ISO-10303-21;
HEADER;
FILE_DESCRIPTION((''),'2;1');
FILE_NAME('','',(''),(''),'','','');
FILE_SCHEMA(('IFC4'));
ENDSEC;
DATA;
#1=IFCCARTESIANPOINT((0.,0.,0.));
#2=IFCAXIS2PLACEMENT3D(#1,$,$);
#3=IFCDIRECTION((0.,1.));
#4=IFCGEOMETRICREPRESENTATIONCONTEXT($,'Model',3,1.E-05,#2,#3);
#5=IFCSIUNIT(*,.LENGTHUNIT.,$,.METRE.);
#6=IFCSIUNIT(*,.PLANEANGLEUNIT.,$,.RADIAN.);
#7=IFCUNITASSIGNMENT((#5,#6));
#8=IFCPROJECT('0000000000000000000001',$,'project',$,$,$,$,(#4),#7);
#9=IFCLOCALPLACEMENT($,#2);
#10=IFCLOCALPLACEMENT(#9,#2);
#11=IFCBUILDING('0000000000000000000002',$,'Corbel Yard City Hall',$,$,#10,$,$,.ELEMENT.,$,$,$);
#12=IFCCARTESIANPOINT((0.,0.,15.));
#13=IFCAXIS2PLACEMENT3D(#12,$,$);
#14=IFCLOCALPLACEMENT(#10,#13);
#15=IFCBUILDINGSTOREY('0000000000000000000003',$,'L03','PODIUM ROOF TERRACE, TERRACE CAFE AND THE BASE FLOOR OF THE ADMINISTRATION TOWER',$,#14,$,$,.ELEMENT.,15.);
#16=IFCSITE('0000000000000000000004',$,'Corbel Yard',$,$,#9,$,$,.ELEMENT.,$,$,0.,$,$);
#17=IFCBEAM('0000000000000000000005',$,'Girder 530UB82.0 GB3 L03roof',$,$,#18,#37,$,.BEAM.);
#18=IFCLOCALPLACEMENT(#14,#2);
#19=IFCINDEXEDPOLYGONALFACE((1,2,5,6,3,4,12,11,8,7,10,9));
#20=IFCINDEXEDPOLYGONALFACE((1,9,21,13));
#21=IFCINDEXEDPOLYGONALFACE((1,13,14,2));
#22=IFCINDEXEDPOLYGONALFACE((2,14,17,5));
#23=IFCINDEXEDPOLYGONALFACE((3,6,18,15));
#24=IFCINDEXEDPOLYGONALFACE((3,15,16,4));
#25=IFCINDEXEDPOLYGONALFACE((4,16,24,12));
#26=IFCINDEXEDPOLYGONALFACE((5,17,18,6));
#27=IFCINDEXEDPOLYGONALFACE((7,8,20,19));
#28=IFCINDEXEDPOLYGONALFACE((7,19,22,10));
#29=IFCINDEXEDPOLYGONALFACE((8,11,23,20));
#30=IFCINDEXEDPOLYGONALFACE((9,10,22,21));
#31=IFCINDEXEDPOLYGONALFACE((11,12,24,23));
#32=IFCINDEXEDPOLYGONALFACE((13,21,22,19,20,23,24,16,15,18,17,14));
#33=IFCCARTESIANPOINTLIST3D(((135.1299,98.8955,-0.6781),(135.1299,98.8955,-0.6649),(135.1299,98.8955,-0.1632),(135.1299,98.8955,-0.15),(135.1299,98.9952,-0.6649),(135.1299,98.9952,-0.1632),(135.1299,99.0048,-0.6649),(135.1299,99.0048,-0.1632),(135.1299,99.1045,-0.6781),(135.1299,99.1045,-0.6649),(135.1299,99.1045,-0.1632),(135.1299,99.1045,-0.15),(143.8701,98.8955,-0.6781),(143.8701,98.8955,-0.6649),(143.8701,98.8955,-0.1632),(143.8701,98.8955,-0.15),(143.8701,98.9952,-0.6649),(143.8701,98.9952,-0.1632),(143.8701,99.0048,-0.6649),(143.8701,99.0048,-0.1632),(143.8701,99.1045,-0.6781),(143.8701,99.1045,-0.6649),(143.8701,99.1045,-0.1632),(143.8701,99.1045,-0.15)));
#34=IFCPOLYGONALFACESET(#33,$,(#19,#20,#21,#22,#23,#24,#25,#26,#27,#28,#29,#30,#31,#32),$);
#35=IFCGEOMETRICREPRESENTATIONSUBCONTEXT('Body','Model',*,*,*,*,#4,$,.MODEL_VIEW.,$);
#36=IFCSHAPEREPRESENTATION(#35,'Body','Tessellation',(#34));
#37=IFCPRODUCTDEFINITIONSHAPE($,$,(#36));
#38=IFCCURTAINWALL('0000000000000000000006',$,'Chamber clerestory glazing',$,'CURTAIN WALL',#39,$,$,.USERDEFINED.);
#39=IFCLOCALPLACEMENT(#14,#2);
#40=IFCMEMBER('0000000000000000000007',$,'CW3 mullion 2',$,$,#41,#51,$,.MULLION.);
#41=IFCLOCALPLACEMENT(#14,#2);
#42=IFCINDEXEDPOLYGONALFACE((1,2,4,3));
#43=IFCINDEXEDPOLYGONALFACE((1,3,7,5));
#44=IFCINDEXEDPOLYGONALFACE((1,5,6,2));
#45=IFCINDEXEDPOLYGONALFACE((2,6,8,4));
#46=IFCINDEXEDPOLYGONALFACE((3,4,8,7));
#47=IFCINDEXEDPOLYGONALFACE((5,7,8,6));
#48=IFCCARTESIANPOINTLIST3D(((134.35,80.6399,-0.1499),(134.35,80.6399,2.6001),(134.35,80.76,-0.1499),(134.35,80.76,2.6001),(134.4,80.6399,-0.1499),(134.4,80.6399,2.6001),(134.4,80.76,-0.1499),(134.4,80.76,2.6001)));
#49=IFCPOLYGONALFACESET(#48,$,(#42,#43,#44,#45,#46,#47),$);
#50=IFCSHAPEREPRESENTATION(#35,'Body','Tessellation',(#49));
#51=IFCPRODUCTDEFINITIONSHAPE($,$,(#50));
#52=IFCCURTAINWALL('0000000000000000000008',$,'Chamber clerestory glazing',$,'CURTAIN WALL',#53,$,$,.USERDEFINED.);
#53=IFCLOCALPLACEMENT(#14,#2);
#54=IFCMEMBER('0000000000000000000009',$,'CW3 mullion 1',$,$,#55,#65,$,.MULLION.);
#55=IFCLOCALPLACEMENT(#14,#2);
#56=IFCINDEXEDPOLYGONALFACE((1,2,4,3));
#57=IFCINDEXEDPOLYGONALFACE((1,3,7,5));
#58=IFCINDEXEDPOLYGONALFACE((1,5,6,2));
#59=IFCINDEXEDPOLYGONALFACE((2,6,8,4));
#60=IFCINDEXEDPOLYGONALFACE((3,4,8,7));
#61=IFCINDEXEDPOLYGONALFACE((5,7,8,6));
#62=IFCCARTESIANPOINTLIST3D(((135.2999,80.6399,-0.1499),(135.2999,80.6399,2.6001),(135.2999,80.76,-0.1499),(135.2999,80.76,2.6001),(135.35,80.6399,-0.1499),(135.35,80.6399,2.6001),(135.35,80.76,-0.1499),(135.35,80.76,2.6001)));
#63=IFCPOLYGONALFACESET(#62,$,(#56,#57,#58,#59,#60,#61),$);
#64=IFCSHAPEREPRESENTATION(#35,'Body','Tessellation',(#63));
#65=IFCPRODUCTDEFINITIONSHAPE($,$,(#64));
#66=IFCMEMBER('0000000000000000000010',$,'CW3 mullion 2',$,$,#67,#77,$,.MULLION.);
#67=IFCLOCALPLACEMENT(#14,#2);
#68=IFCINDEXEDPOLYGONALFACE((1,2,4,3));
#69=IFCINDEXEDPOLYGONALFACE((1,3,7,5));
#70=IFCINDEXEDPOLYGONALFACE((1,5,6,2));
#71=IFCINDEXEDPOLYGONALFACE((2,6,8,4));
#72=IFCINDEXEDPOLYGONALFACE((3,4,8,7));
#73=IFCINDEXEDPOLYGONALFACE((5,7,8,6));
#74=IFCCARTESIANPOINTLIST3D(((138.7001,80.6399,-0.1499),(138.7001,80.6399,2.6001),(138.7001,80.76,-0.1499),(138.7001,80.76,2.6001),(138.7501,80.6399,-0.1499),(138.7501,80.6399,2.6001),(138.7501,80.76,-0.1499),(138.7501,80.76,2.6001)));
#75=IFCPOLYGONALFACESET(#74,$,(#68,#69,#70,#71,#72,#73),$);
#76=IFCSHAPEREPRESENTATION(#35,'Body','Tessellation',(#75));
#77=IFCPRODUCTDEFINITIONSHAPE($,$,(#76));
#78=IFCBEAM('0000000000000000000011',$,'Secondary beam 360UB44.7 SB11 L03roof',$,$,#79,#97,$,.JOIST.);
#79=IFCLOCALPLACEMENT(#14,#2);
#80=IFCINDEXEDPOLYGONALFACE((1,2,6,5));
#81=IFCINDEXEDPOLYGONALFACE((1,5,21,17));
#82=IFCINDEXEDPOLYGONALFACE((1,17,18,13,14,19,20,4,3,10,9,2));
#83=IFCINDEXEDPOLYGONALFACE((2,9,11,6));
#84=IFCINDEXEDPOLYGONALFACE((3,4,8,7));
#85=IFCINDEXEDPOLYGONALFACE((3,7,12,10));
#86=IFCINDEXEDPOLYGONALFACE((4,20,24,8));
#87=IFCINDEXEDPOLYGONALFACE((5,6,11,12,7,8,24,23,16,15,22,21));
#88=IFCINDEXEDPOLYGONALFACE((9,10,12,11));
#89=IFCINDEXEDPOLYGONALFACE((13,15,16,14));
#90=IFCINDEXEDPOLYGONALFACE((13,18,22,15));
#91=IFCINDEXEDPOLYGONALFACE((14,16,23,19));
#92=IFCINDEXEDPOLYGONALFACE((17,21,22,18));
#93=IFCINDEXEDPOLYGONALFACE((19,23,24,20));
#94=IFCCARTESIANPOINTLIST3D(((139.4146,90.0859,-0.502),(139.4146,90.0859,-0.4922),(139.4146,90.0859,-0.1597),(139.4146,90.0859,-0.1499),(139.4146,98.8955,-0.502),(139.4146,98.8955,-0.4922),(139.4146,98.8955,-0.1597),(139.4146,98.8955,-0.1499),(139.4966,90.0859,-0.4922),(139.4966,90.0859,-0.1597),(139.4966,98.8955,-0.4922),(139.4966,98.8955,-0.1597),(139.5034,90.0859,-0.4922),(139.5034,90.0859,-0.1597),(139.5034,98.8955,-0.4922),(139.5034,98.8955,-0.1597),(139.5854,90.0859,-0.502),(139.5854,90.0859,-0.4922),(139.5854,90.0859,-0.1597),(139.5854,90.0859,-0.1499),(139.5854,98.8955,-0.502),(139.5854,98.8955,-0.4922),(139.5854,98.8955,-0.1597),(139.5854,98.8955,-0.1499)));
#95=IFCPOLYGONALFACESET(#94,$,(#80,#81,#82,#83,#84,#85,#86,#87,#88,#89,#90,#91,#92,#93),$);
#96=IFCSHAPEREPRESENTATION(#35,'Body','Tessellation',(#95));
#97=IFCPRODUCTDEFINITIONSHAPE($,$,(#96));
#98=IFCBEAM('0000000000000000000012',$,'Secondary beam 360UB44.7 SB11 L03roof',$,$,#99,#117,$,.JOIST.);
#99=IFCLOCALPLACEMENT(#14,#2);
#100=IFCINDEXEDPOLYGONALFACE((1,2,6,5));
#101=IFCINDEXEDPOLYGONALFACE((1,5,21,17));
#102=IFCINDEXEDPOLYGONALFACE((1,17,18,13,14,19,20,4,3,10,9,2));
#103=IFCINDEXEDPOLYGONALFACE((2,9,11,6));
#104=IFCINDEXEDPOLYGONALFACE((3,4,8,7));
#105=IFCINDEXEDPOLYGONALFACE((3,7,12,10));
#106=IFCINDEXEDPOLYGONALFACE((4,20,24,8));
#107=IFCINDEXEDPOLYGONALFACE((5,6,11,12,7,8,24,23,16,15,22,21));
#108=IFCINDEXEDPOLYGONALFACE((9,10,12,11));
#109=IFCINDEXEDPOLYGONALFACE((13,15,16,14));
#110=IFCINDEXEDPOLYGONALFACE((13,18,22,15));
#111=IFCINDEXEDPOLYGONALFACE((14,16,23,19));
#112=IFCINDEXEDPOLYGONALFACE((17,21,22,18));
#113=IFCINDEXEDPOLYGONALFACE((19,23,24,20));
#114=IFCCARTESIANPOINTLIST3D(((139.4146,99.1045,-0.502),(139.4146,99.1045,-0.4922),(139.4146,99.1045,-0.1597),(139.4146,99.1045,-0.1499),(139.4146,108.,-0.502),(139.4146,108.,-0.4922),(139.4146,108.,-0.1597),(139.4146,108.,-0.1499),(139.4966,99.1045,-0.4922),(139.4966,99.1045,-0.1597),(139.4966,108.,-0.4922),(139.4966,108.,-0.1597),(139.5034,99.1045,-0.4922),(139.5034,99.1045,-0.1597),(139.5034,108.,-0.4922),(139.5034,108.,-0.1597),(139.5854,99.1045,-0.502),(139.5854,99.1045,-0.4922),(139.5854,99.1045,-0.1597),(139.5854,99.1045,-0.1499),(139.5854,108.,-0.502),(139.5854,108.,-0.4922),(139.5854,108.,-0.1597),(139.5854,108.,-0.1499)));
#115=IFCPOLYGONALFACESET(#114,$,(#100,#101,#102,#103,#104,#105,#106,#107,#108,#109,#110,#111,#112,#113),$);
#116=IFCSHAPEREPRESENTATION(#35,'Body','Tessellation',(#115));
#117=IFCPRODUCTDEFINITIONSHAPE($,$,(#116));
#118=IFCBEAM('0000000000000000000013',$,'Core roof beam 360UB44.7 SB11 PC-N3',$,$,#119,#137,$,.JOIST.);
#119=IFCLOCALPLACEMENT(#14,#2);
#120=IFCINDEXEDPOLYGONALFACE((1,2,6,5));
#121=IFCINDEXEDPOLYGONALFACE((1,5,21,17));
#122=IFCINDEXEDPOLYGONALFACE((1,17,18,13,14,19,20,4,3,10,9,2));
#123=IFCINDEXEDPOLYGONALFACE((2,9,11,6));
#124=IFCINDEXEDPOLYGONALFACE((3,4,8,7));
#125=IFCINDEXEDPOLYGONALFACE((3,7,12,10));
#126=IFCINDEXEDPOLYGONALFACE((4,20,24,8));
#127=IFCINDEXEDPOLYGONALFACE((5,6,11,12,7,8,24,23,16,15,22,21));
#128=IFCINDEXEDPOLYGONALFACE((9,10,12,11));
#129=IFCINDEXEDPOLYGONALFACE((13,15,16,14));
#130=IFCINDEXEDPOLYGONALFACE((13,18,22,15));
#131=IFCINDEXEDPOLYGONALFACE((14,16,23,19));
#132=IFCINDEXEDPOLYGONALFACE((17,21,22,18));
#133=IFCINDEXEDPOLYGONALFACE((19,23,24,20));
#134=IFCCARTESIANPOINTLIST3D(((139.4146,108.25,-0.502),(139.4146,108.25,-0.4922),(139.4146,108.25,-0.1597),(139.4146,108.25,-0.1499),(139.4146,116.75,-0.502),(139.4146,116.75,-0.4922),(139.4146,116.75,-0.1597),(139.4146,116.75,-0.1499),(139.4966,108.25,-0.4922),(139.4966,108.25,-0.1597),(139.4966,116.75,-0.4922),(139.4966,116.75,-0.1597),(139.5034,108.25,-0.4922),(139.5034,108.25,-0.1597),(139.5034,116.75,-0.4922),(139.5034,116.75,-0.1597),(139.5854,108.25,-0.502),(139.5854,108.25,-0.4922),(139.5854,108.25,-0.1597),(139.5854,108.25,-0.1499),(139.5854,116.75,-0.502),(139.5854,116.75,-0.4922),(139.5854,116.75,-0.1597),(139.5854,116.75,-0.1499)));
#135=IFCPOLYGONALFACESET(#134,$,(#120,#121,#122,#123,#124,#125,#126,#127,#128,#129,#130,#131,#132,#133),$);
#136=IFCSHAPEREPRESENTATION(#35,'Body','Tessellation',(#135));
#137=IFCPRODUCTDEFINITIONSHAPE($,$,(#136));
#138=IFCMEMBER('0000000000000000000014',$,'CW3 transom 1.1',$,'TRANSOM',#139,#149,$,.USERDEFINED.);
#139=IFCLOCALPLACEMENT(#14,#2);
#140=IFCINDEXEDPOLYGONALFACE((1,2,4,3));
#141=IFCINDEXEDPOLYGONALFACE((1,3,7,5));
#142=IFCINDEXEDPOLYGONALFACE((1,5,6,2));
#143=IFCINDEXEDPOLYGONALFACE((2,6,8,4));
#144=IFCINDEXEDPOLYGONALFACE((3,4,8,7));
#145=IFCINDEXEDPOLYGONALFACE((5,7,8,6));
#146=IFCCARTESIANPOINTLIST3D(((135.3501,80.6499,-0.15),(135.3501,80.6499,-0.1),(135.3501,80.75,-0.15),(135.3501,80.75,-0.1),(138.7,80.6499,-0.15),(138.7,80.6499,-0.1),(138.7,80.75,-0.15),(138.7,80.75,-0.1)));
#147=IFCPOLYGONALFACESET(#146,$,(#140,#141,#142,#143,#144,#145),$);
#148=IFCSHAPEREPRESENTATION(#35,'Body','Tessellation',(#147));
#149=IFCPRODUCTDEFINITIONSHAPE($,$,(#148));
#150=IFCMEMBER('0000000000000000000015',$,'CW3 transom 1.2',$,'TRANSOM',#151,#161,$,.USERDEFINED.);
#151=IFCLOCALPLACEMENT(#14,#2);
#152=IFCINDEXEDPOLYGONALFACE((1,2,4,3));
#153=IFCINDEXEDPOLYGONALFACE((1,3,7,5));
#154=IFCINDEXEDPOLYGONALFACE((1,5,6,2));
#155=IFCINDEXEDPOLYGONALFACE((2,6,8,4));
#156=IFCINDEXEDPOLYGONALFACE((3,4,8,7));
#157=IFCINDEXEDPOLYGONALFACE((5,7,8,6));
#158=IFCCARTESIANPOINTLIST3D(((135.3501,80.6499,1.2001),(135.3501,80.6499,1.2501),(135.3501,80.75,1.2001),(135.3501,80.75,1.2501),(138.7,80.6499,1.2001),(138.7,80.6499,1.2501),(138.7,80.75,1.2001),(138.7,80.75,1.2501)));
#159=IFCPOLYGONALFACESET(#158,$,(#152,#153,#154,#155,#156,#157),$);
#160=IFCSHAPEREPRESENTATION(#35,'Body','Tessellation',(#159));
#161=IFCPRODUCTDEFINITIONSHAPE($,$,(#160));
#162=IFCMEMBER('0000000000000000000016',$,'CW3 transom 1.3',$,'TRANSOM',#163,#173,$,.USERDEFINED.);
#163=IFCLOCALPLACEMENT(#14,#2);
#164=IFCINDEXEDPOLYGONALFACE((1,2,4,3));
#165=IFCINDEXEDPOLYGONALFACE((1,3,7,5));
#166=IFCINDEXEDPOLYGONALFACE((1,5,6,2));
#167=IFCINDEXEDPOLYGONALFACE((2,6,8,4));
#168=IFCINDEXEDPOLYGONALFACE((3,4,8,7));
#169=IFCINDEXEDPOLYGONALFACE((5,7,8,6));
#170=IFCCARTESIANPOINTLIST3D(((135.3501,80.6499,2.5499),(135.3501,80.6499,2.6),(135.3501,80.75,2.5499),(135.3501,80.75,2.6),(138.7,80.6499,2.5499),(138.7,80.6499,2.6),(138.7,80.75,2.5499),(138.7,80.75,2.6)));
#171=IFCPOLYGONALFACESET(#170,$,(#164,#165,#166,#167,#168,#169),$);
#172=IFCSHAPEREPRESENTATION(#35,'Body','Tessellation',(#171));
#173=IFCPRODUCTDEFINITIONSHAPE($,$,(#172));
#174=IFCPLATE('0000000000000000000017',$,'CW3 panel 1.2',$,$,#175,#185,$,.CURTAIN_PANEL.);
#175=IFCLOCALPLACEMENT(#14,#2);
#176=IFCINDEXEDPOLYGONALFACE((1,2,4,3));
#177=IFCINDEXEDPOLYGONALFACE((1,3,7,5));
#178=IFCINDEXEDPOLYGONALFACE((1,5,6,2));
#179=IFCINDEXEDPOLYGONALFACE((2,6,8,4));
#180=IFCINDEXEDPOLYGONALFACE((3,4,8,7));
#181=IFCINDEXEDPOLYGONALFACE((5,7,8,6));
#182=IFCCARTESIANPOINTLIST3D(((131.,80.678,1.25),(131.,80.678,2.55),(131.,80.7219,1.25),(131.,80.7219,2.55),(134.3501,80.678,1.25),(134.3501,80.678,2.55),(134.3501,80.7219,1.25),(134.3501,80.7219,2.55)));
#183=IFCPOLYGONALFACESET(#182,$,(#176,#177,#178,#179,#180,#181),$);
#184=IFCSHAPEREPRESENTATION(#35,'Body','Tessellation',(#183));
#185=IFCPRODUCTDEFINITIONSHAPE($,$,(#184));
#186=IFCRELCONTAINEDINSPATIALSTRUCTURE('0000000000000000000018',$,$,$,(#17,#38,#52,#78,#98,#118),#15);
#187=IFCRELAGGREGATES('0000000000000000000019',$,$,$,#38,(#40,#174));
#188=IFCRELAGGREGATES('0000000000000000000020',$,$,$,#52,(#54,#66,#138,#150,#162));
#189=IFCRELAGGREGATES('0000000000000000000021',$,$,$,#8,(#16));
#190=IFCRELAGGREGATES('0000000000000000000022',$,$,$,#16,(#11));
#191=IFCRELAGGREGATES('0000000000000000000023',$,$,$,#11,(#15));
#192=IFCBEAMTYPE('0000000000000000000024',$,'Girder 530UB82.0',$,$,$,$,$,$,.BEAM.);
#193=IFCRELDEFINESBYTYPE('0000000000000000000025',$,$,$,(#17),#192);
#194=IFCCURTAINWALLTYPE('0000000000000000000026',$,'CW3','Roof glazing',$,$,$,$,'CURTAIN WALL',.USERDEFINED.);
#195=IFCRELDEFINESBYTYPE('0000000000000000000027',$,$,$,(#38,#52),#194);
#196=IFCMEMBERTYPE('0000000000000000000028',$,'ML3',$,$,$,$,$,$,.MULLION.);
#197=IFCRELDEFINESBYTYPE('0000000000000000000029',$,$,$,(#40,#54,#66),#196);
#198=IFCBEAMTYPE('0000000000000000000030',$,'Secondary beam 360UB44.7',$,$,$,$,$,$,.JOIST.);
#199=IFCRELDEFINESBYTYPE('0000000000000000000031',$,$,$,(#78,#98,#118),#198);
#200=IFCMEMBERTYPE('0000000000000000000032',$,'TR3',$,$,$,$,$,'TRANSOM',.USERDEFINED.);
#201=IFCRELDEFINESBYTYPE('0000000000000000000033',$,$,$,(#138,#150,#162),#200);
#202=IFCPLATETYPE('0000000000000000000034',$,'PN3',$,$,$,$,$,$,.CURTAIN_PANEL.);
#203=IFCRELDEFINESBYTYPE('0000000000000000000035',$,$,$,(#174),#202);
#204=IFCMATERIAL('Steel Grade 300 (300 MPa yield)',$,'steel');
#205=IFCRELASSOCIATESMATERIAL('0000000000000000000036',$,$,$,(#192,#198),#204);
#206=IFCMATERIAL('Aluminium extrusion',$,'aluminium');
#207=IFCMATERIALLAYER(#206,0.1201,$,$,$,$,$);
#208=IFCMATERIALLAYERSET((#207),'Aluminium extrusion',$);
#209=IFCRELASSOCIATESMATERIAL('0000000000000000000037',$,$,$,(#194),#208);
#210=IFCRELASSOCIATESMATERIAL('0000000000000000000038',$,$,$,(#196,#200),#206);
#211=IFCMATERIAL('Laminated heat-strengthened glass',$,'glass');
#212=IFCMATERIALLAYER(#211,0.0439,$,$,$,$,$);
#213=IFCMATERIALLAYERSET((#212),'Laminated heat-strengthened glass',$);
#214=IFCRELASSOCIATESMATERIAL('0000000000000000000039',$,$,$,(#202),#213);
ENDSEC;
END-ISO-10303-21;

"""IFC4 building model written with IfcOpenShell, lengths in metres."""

from ifc_helpers import new_model, si_unit, direction, frame, origin, origin_2d, place, context, subcontext, project, spatial, rectangle, i_section, extrude, material, layer, layer_set, material_profile, profile_set, type_object, element, aggregate, save


model = new_model("IFC4")

# Units and contexts
model_context = context("Model", 3, precision=1e-05, world=origin(), true_north=direction((0.0, 1.0)))
body_context = subcontext(model_context, "Body", "Model", "MODEL_VIEW")
ifc_project = project(units=[si_unit("LENGTHUNIT", "METRE"), si_unit("PLANEANGLEUNIT", "RADIAN")], contexts=[model_context])

# Site, building, storey
site_placement = place(None, origin())
site = spatial("IfcSite", under=ifc_project, at=site_placement, Name="Corbel Yard", CompositionType="ELEMENT", RefElevation=0.0)
building_placement = place(site_placement, origin())
building = spatial("IfcBuilding", under=site, at=building_placement, Name="Corbel Yard City Hall", CompositionType="ELEMENT")
storey_placement = place(building_placement, frame((0.0, 0.0, 15.0)))
storey = spatial("IfcBuildingStorey", under=building, at=storey_placement, Name="L03", Description="PODIUM ROOF TERRACE, TERRACE CAFE AND THE BASE FLOOR OF THE ADMINISTRATION TOWER", CompositionType="ELEMENT", Elevation=15.0)

# Beam
ifc_material_1 = material(Name="Steel Grade 300 (300 MPa yield)", Category="steel")
ifc_material_profile_1 = material_profile(ifc_material_1, i_section(OverallWidth=0.209, OverallDepth=0.5281, WebThickness=0.0095, FlangeThickness=0.0132, at=origin_2d()), Name="530UB82.0")
ifc_profile_set_1 = profile_set([ifc_material_profile_1], Name="Steel Grade 300 (300 MPa yield)")
beam_type_1 = type_object("IfcBeamType", Name="Girder 530UB82.0", PredefinedType="BEAM", material=ifc_profile_set_1)
beam_1_placement = place(storey_placement, frame((135.1299, 99.0, -0.4141), z_axis=(1.0, 0.0, 0.0), x_axis=(0.0, 1.0, 0.0)))
element("IfcBeam", 1, at=beam_1_placement, inside=storey, type_object=beam_type_1, Name="Girder 530UB82.0 GB3 L03roof", PredefinedType="BEAM", context=body_context, shape_type="SweptSolid", body=[
    extrude(i_section(OverallWidth=0.209, OverallDepth=0.5281, WebThickness=0.0095, FlangeThickness=0.0132, at=origin_2d()), origin(), (0.0, 0.0, 1.0), 8.7402),
])

# Curtain wall, member
ifc_material_2 = material(Name="Aluminium extrusion", Category="aluminium")
ifc_layer_1 = layer(ifc_material_2, 0.1201)
ifc_layer_set_1 = layer_set([ifc_layer_1], Name="Aluminium extrusion")
curtain_wall_type = type_object("IfcCurtainWallType", Name="CW3", Description="Roof glazing", ElementType="CURTAIN WALL", PredefinedType="USERDEFINED", material=ifc_layer_set_1)
curtain_wall_1_placement = place(storey_placement, origin())
curtain_wall_1 = element("IfcCurtainWall", 2, at=curtain_wall_1_placement, inside=storey, type_object=curtain_wall_type, Name="Chamber clerestory glazing", ObjectType="CURTAIN WALL", PredefinedType="USERDEFINED")
ifc_material_profile_2 = material_profile(ifc_material_2, rectangle(XDim=0.1201, YDim=0.05, at=origin_2d()), Name="120x50")
ifc_profile_set_2 = profile_set([ifc_material_profile_2], Name="Aluminium extrusion")
member_type_1 = type_object("IfcMemberType", Name="ML3", PredefinedType="MULLION", material=ifc_profile_set_2)
member_1_placement = place(storey_placement, frame((134.375, 80.7, -0.1499), z_axis=(0.0, 0.0, 1.0), x_axis=(0.0, 1.0, 0.0)))
member_1 = element("IfcMember", 3, at=member_1_placement, type_object=member_type_1, Name="CW3 mullion 2", PredefinedType="MULLION", context=body_context, shape_type="SweptSolid", body=[
    extrude(rectangle(XDim=0.1201, YDim=0.05, at=origin_2d()), origin(), (0.0, 0.0, 1.0), 2.75),
])

# Curtain wall, members
curtain_wall_2_placement = place(storey_placement, origin())
curtain_wall_2 = element("IfcCurtainWall", 4, at=curtain_wall_2_placement, inside=storey, type_object=curtain_wall_type, Name="Chamber clerestory glazing", ObjectType="CURTAIN WALL", PredefinedType="USERDEFINED")
member_2_placement = place(storey_placement, frame((135.325, 80.7, -0.1499), z_axis=(0.0, 0.0, 1.0), x_axis=(0.0, 1.0, 0.0)))
member_2 = element("IfcMember", 5, at=member_2_placement, type_object=member_type_1, Name="CW3 mullion 1", PredefinedType="MULLION", context=body_context, shape_type="SweptSolid", body=[
    extrude(rectangle(XDim=0.1201, YDim=0.05, at=origin_2d()), origin(), (0.0, 0.0, 1.0), 2.75),
])
member_3_placement = place(storey_placement, frame((138.7251, 80.7, -0.1499), z_axis=(0.0, 0.0, 1.0), x_axis=(0.0, 1.0, 0.0)))
member_3 = element("IfcMember", 6, at=member_3_placement, type_object=member_type_1, Name="CW3 mullion 2", PredefinedType="MULLION", context=body_context, shape_type="SweptSolid", body=[
    extrude(rectangle(XDim=0.1201, YDim=0.05, at=origin_2d()), origin(), (0.0, 0.0, 1.0), 2.75),
])

# Beams
ifc_material_profile_3 = material_profile(ifc_material_1, i_section(OverallWidth=0.1709, OverallDepth=0.3521, WebThickness=0.0068, FlangeThickness=0.0098, at=origin_2d()), Name="360UB44.7")
ifc_profile_set_3 = profile_set([ifc_material_profile_3], Name="Steel Grade 300 (300 MPa yield)")
beam_type_2 = type_object("IfcBeamType", Name="Secondary beam 360UB44.7", PredefinedType="JOIST", material=ifc_profile_set_3)
beam_2_placement = place(storey_placement, frame((139.5, 90.0859, -0.3259), z_axis=(0.0, 1.0, 0.0), x_axis=(-1.0, 0.0, 0.0)))
element("IfcBeam", 7, at=beam_2_placement, inside=storey, type_object=beam_type_2, Name="Secondary beam 360UB44.7 SB11 L03roof", PredefinedType="JOIST", context=body_context, shape_type="SweptSolid", body=[
    extrude(i_section(OverallWidth=0.1709, OverallDepth=0.3521, WebThickness=0.0068, FlangeThickness=0.0098, at=origin_2d()), origin(), (0.0, 0.0, 1.0), 8.8096),
])
beam_3_placement = place(storey_placement, frame((139.5, 99.1045, -0.3259), z_axis=(0.0, 1.0, 0.0), x_axis=(-1.0, 0.0, 0.0)))
element("IfcBeam", 8, at=beam_3_placement, inside=storey, type_object=beam_type_2, Name="Secondary beam 360UB44.7 SB11 L03roof", PredefinedType="JOIST", context=body_context, shape_type="SweptSolid", body=[
    extrude(i_section(OverallWidth=0.1709, OverallDepth=0.3521, WebThickness=0.0068, FlangeThickness=0.0098, at=origin_2d()), origin(), (0.0, 0.0, 1.0), 8.8955),
])
beam_4_placement = place(storey_placement, frame((139.5, 108.25, -0.3259), z_axis=(0.0, 1.0, 0.0), x_axis=(-1.0, 0.0, 0.0)))
element("IfcBeam", 9, at=beam_4_placement, inside=storey, type_object=beam_type_2, Name="Core roof beam 360UB44.7 SB11 PC-N3", PredefinedType="JOIST", context=body_context, shape_type="SweptSolid", body=[
    extrude(i_section(OverallWidth=0.1709, OverallDepth=0.3521, WebThickness=0.0068, FlangeThickness=0.0098, at=origin_2d()), origin(), (0.0, 0.0, 1.0), 8.5),
])

# Members
ifc_material_profile_4 = material_profile(ifc_material_2, rectangle(XDim=0.1001, YDim=0.05, at=origin_2d()), Name="100x50")
ifc_profile_set_4 = profile_set([ifc_material_profile_4], Name="Aluminium extrusion")
member_type_2 = type_object("IfcMemberType", Name="TR3", ElementType="TRANSOM", PredefinedType="USERDEFINED", material=ifc_profile_set_4)
member_4_placement = place(storey_placement, frame((135.3501, 80.7, -0.125), z_axis=(1.0, 0.0, 0.0), x_axis=(0.0, 1.0, 0.0)))
member_4 = element("IfcMember", 10, at=member_4_placement, type_object=member_type_2, Name="CW3 transom 1.1", ObjectType="TRANSOM", PredefinedType="USERDEFINED", context=body_context, shape_type="SweptSolid", body=[
    extrude(rectangle(XDim=0.1001, YDim=0.05, at=origin_2d()), origin(), (0.0, 0.0, 1.0), 3.3499),
])
member_5_placement = place(storey_placement, frame((135.3501, 80.7, 1.2251), z_axis=(1.0, 0.0, 0.0), x_axis=(0.0, 1.0, 0.0)))
member_5 = element("IfcMember", 11, at=member_5_placement, type_object=member_type_2, Name="CW3 transom 1.2", ObjectType="TRANSOM", PredefinedType="USERDEFINED", context=body_context, shape_type="SweptSolid", body=[
    extrude(rectangle(XDim=0.1001, YDim=0.05, at=origin_2d()), origin(), (0.0, 0.0, 1.0), 3.3499),
])
member_6_placement = place(storey_placement, frame((135.3501, 80.7, 2.575), z_axis=(1.0, 0.0, 0.0), x_axis=(0.0, 1.0, 0.0)))
member_6 = element("IfcMember", 12, at=member_6_placement, type_object=member_type_2, Name="CW3 transom 1.3", ObjectType="TRANSOM", PredefinedType="USERDEFINED", context=body_context, shape_type="SweptSolid", body=[
    extrude(rectangle(XDim=0.1001, YDim=0.05, at=origin_2d()), origin(), (0.0, 0.0, 1.0), 3.3499),
])

# Plate
ifc_material_3 = material(Name="Laminated heat-strengthened glass", Category="glass")
ifc_layer_2 = layer(ifc_material_3, 0.0439)
ifc_layer_set_2 = layer_set([ifc_layer_2], Name="Laminated heat-strengthened glass")
plate_type = type_object("IfcPlateType", Name="PN3", PredefinedType="CURTAIN_PANEL", material=ifc_layer_set_2)
plate_1_placement = place(storey_placement, frame((132.675, 80.7, 1.25), z_axis=(0.0, 0.0, 1.0), x_axis=(1.0, 0.0, 0.0)))
plate_1 = element("IfcPlate", 13, at=plate_1_placement, type_object=plate_type, Name="CW3 panel 1.2", PredefinedType="CURTAIN_PANEL", context=body_context, shape_type="SweptSolid", body=[
    extrude(rectangle(XDim=3.3501, YDim=0.0439, at=origin_2d()), origin(), (0.0, 0.0, 1.0), 1.3),
])
aggregate(curtain_wall_1, [member_1, plate_1])
aggregate(curtain_wall_2, [member_2, member_3, member_4, member_5, member_6])

save(model, "model.ifc")
